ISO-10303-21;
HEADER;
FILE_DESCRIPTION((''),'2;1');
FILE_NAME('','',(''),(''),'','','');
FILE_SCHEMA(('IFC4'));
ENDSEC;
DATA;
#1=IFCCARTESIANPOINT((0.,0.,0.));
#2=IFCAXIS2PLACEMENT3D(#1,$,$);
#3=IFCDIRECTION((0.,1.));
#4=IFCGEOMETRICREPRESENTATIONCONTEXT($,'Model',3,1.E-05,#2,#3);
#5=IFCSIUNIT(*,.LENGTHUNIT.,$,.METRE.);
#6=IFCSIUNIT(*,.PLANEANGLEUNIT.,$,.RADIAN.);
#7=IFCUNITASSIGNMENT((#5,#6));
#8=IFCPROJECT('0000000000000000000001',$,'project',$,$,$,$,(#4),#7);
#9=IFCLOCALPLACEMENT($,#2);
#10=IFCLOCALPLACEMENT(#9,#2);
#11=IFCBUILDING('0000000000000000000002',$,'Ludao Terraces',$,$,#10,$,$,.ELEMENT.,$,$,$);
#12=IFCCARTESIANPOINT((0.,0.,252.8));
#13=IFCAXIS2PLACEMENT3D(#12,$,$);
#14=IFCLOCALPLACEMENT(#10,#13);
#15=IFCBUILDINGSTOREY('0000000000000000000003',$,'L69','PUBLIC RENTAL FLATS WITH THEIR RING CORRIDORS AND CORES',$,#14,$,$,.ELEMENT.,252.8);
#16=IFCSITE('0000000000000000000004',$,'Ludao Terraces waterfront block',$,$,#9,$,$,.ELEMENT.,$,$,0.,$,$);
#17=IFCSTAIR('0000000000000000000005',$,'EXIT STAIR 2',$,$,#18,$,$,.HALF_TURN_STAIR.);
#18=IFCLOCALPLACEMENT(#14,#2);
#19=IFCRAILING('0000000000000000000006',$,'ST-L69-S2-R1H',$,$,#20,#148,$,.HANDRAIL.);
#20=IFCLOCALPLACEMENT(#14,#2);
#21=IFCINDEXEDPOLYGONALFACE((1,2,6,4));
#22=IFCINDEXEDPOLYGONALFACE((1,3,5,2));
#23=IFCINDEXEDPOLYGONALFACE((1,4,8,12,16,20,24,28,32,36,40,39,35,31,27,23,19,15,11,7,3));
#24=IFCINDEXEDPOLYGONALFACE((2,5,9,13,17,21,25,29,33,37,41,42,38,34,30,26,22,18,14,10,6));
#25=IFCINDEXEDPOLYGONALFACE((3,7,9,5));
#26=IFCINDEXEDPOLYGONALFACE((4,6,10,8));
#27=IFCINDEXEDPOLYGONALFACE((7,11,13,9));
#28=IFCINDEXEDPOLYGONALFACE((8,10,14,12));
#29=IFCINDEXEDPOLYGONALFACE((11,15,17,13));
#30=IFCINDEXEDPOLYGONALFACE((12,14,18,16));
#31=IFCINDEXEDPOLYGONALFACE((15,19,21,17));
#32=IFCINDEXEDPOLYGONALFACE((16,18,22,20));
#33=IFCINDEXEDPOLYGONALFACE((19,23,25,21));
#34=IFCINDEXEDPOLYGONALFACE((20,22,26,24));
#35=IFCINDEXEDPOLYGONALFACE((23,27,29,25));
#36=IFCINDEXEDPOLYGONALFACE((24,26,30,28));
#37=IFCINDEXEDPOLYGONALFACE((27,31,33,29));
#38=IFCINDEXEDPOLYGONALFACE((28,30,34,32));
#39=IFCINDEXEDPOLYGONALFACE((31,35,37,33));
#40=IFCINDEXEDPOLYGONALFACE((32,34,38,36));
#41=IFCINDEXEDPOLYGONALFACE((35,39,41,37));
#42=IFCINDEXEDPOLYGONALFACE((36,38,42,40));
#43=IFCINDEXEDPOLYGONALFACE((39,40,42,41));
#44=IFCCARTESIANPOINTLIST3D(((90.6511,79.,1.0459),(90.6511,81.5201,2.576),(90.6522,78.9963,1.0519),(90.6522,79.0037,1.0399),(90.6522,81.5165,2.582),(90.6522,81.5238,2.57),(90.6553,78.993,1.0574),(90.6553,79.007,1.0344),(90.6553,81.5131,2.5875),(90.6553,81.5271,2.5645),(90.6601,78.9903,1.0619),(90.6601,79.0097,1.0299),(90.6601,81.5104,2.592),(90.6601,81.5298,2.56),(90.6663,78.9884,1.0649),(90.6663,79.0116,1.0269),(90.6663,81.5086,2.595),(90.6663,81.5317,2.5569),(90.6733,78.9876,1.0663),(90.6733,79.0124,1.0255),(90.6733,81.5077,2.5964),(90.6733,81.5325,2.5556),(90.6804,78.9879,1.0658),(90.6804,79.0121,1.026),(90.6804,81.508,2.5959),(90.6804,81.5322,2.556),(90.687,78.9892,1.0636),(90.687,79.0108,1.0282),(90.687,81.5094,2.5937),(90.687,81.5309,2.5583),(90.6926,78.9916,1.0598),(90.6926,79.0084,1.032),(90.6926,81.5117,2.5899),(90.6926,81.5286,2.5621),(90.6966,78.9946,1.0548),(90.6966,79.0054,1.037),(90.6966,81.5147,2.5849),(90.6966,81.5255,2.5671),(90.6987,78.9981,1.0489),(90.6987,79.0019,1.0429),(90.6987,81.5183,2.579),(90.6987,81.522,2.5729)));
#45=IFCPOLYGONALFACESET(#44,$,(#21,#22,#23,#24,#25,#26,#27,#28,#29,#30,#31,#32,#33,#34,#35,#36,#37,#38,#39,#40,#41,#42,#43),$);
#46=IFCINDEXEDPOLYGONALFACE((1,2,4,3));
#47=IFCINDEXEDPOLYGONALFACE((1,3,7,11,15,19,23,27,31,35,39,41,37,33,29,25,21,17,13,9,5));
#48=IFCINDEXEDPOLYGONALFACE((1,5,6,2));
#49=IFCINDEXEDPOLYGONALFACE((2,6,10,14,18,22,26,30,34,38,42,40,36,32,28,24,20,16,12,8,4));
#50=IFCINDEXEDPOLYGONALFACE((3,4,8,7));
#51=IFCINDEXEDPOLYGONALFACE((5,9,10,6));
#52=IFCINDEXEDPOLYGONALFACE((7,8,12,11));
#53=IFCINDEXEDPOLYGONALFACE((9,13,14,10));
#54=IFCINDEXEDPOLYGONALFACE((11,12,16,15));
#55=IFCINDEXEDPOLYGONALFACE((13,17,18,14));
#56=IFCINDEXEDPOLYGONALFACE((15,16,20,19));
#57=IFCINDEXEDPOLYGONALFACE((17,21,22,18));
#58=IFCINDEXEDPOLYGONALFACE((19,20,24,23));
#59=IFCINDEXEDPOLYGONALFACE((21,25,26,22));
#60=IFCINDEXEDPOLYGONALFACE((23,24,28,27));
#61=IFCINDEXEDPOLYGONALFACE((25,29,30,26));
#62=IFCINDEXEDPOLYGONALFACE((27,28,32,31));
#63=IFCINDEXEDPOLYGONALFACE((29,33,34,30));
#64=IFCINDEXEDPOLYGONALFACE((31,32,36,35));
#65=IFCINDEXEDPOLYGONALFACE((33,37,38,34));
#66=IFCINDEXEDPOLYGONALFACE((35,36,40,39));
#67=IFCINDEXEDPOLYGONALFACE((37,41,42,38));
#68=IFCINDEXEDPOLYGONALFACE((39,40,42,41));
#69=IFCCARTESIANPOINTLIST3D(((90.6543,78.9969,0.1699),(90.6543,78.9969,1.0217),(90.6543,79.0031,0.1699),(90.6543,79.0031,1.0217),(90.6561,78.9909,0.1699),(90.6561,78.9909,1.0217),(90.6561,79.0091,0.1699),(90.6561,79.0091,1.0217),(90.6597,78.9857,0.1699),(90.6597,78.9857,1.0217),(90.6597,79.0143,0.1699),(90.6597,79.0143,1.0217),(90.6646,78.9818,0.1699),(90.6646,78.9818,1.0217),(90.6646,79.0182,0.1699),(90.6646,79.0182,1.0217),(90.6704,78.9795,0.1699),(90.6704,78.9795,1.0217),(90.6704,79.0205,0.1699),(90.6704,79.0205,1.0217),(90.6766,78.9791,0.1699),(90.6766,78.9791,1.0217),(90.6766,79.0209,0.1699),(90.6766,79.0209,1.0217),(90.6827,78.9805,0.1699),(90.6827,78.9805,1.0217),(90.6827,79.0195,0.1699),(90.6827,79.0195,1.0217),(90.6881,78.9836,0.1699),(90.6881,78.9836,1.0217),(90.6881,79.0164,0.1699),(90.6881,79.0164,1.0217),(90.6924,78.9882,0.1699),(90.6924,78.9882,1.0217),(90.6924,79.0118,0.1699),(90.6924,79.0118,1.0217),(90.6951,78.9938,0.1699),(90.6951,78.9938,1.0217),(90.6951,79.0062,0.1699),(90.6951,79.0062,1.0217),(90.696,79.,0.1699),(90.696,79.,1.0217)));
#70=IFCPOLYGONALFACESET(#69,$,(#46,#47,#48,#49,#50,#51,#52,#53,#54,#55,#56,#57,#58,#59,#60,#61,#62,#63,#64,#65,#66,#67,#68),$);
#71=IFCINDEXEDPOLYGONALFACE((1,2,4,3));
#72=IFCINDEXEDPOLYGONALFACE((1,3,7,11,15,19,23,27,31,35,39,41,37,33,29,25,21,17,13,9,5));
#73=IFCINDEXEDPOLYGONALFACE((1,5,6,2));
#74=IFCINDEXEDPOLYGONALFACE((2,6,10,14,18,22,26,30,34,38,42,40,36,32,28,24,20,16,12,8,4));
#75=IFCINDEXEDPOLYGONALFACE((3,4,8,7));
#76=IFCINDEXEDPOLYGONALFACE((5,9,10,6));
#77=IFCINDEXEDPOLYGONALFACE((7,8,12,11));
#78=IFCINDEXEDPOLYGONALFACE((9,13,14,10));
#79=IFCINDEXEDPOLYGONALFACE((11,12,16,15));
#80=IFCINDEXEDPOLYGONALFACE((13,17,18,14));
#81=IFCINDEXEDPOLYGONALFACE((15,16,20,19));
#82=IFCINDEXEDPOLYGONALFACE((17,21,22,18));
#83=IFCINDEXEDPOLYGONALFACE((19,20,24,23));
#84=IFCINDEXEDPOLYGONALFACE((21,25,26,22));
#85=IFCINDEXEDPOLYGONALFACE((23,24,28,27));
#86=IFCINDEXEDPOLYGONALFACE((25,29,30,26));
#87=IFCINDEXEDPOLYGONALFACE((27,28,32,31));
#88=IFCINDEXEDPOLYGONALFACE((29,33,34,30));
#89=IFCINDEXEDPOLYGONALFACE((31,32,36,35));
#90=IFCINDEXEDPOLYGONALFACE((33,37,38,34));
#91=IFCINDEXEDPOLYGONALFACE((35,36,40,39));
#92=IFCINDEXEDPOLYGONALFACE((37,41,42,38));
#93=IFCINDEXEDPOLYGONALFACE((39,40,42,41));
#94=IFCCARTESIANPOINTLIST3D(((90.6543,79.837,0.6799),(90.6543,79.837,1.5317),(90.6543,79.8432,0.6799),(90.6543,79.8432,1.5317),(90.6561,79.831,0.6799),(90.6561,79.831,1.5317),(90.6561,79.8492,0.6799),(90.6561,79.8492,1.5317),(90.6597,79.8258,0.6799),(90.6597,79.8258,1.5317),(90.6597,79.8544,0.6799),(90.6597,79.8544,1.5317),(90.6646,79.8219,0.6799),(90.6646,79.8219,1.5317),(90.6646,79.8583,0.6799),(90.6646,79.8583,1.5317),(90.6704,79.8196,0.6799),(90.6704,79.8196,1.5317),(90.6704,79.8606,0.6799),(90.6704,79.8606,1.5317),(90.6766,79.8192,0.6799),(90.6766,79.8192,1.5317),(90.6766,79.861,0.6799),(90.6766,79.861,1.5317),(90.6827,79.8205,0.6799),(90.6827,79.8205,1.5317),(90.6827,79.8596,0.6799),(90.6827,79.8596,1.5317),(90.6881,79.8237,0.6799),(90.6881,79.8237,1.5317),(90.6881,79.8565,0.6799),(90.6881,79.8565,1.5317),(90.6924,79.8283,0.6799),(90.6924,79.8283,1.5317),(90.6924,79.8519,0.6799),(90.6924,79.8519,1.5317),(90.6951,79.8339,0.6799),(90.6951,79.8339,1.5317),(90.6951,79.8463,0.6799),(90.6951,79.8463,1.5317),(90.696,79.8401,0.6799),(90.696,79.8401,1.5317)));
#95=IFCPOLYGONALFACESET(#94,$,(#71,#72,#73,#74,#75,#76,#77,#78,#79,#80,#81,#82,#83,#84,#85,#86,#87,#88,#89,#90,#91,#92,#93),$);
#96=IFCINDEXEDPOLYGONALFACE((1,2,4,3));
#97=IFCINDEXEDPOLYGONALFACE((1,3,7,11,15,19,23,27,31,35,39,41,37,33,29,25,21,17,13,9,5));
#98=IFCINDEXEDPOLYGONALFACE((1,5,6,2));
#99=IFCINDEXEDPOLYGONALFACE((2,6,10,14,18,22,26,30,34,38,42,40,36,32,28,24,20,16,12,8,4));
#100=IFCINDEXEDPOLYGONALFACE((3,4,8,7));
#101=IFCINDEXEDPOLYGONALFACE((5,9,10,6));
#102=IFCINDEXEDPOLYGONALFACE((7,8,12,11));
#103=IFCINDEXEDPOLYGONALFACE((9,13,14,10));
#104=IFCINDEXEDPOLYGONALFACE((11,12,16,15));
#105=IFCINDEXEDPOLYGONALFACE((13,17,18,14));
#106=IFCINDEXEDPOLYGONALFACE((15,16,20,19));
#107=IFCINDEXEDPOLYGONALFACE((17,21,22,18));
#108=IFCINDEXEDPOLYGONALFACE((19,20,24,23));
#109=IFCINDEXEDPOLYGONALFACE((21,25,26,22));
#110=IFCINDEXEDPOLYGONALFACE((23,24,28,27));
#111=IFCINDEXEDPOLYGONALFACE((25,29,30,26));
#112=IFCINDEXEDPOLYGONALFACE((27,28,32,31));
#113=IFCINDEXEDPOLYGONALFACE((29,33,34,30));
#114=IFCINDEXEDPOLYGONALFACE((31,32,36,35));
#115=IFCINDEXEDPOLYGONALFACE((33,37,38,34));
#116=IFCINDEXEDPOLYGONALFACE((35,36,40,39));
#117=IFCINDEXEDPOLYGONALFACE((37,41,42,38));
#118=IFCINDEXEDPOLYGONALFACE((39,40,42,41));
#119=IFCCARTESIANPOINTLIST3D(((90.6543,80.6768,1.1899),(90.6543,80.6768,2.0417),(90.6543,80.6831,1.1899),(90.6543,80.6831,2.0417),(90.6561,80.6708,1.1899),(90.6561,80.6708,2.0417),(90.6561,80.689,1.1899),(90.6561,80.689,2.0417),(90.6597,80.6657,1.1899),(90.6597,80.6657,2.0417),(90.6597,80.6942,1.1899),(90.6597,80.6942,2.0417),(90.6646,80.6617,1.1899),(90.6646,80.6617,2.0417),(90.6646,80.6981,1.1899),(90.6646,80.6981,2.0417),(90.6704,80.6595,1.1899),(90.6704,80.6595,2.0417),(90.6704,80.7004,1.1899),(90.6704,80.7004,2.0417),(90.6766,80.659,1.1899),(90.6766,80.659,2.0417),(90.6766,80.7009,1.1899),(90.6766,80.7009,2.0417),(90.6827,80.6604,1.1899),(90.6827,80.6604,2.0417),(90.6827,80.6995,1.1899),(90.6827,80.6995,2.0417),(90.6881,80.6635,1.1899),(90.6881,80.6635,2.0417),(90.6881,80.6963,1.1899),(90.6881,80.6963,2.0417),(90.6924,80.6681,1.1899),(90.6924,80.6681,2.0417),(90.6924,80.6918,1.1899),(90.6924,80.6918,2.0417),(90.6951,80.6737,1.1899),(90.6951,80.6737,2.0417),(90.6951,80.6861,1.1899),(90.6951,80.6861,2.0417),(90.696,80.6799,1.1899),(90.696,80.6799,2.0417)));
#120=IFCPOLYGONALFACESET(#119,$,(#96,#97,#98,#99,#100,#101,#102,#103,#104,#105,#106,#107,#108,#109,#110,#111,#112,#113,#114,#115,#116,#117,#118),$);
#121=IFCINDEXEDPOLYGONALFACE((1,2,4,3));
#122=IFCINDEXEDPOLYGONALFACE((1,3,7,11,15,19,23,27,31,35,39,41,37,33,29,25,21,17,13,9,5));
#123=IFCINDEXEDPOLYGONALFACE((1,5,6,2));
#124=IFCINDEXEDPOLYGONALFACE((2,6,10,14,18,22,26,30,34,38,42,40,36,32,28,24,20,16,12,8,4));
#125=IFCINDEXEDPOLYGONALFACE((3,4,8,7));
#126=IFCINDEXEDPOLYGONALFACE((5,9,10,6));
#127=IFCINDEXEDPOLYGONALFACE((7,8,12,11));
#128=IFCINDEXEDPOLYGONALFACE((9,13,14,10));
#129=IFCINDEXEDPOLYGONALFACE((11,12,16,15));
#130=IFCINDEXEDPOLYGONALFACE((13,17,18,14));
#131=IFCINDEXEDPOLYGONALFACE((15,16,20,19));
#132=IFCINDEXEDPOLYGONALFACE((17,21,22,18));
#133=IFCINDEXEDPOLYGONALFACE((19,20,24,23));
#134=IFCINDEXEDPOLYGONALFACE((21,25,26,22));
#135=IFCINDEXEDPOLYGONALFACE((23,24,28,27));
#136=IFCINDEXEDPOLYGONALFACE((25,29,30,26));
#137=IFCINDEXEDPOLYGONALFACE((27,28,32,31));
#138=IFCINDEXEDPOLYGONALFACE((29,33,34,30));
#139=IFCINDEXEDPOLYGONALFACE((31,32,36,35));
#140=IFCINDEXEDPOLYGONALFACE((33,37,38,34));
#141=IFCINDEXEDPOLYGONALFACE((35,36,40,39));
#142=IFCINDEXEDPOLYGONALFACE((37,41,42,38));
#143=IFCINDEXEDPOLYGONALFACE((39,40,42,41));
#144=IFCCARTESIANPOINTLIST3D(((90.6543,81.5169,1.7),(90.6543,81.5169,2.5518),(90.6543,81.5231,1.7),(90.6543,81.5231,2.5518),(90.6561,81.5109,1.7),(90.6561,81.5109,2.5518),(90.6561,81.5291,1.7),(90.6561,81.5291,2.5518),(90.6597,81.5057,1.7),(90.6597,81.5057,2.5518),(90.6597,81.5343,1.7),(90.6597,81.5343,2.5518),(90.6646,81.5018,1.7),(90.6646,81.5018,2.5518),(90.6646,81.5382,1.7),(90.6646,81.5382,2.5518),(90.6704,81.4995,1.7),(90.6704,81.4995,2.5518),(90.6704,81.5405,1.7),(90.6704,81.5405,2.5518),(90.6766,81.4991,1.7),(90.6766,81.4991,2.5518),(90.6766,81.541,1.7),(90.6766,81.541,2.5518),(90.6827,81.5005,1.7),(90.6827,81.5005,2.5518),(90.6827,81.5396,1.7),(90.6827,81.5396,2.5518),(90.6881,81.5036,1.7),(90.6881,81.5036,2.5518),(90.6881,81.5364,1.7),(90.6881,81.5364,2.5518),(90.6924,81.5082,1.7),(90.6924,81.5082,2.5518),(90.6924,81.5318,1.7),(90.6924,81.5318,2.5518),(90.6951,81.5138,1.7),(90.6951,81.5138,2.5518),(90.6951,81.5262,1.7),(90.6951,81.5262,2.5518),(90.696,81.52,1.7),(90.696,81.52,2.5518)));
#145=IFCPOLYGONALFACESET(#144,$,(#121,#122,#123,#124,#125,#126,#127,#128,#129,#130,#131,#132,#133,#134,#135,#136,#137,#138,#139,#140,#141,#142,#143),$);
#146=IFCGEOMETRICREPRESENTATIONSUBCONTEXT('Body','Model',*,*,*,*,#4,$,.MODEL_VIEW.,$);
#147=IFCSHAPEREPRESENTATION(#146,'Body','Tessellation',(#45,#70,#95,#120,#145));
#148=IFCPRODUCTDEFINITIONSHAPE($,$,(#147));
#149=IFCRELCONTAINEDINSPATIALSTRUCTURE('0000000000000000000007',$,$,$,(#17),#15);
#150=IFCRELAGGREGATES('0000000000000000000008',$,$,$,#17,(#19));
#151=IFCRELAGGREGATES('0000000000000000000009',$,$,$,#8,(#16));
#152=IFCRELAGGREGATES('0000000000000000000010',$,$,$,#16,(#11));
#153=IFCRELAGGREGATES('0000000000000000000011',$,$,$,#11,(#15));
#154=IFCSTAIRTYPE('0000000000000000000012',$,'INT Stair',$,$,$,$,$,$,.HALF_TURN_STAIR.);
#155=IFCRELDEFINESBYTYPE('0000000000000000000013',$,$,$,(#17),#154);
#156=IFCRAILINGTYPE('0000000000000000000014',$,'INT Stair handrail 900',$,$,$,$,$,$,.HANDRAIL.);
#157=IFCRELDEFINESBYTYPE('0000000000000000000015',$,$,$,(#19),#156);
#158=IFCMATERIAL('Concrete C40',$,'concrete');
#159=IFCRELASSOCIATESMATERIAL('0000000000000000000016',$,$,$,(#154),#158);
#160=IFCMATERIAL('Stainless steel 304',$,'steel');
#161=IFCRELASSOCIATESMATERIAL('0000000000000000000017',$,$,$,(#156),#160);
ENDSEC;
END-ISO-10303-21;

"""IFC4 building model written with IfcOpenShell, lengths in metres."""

from ifc_helpers import new_model, si_unit, direction, frame, origin, origin_2d, place, context, subcontext, project, spatial, circle, extrude, material, type_object, element, aggregate, save


model = new_model("IFC4")

# Units and contexts
model_context = context("Model", 3, precision=1e-05, world=origin(), true_north=direction((0.0, 1.0)))
body_context = subcontext(model_context, "Body", "Model", "MODEL_VIEW")
ifc_project = project(units=[si_unit("LENGTHUNIT", "METRE"), si_unit("PLANEANGLEUNIT", "RADIAN")], contexts=[model_context])

# Site, building, storey
site_placement = place(None, origin())
site = spatial("IfcSite", under=ifc_project, at=site_placement, Name="Ludao Terraces waterfront block", CompositionType="ELEMENT", RefElevation=0.0)
building_placement = place(site_placement, origin())
building = spatial("IfcBuilding", under=site, at=building_placement, Name="Ludao Terraces", CompositionType="ELEMENT")
storey_placement = place(building_placement, frame((0.0, 0.0, 252.8)))
storey = spatial("IfcBuildingStorey", under=building, at=storey_placement, Name="L69", Description="PUBLIC RENTAL FLATS WITH THEIR RING CORRIDORS AND CORES", CompositionType="ELEMENT", Elevation=252.8)

# Shared definitions
ifc_material_1 = material(Name="Stainless steel 304", Category="steel")

# Stair, railing
ifc_material_2 = material(Name="Concrete C40", Category="concrete")
stair_type = type_object("IfcStairType", Name="INT Stair", PredefinedType="HALF_TURN_STAIR", material=ifc_material_2)
stair_placement = place(storey_placement, origin())
stair = element("IfcStair", 1, at=stair_placement, inside=storey, type_object=stair_type, Name="EXIT STAIR 2", PredefinedType="HALF_TURN_STAIR")
railing_type_1 = type_object("IfcRailingType", Name="INT Stair handrail 900", PredefinedType="HANDRAIL", material=ifc_material_1)
railing_1_placement = place(storey_placement, frame((90.675, 79.0, 0.1699)))
railing_1 = element("IfcRailing", 2, at=railing_1_placement, type_object=railing_type_1, Name="ST-L69-S2-R1H", PredefinedType="HANDRAIL", context=body_context, shape_type="SweptSolid", body=[
    extrude(circle(Radius=0.0239, at=origin_2d()), frame((0.0, 0.0, 0.876), z_axis=(0.0, 0.854785, 0.518982), x_axis=(-1.0, 0.0, 0.0)), (0.0, 0.0, 1.0), 2.9482),
    extrude(circle(Radius=0.021, at=origin_2d()), origin(), (0.0, 0.0, 1.0), 0.8518),
    extrude(circle(Radius=0.021, at=origin_2d()), frame((0.0, 0.8401, 0.51)), (0.0, 0.0, 1.0), 0.8518),
    extrude(circle(Radius=0.021, at=origin_2d()), frame((0.0, 1.6799, 1.02)), (0.0, 0.0, 1.0), 0.8518),
    extrude(circle(Radius=0.021, at=origin_2d()), frame((0.0, 2.52, 1.53)), (0.0, 0.0, 1.0), 0.8518),
])
aggregate(stair, [railing_1])

save(model, "model.ifc")
